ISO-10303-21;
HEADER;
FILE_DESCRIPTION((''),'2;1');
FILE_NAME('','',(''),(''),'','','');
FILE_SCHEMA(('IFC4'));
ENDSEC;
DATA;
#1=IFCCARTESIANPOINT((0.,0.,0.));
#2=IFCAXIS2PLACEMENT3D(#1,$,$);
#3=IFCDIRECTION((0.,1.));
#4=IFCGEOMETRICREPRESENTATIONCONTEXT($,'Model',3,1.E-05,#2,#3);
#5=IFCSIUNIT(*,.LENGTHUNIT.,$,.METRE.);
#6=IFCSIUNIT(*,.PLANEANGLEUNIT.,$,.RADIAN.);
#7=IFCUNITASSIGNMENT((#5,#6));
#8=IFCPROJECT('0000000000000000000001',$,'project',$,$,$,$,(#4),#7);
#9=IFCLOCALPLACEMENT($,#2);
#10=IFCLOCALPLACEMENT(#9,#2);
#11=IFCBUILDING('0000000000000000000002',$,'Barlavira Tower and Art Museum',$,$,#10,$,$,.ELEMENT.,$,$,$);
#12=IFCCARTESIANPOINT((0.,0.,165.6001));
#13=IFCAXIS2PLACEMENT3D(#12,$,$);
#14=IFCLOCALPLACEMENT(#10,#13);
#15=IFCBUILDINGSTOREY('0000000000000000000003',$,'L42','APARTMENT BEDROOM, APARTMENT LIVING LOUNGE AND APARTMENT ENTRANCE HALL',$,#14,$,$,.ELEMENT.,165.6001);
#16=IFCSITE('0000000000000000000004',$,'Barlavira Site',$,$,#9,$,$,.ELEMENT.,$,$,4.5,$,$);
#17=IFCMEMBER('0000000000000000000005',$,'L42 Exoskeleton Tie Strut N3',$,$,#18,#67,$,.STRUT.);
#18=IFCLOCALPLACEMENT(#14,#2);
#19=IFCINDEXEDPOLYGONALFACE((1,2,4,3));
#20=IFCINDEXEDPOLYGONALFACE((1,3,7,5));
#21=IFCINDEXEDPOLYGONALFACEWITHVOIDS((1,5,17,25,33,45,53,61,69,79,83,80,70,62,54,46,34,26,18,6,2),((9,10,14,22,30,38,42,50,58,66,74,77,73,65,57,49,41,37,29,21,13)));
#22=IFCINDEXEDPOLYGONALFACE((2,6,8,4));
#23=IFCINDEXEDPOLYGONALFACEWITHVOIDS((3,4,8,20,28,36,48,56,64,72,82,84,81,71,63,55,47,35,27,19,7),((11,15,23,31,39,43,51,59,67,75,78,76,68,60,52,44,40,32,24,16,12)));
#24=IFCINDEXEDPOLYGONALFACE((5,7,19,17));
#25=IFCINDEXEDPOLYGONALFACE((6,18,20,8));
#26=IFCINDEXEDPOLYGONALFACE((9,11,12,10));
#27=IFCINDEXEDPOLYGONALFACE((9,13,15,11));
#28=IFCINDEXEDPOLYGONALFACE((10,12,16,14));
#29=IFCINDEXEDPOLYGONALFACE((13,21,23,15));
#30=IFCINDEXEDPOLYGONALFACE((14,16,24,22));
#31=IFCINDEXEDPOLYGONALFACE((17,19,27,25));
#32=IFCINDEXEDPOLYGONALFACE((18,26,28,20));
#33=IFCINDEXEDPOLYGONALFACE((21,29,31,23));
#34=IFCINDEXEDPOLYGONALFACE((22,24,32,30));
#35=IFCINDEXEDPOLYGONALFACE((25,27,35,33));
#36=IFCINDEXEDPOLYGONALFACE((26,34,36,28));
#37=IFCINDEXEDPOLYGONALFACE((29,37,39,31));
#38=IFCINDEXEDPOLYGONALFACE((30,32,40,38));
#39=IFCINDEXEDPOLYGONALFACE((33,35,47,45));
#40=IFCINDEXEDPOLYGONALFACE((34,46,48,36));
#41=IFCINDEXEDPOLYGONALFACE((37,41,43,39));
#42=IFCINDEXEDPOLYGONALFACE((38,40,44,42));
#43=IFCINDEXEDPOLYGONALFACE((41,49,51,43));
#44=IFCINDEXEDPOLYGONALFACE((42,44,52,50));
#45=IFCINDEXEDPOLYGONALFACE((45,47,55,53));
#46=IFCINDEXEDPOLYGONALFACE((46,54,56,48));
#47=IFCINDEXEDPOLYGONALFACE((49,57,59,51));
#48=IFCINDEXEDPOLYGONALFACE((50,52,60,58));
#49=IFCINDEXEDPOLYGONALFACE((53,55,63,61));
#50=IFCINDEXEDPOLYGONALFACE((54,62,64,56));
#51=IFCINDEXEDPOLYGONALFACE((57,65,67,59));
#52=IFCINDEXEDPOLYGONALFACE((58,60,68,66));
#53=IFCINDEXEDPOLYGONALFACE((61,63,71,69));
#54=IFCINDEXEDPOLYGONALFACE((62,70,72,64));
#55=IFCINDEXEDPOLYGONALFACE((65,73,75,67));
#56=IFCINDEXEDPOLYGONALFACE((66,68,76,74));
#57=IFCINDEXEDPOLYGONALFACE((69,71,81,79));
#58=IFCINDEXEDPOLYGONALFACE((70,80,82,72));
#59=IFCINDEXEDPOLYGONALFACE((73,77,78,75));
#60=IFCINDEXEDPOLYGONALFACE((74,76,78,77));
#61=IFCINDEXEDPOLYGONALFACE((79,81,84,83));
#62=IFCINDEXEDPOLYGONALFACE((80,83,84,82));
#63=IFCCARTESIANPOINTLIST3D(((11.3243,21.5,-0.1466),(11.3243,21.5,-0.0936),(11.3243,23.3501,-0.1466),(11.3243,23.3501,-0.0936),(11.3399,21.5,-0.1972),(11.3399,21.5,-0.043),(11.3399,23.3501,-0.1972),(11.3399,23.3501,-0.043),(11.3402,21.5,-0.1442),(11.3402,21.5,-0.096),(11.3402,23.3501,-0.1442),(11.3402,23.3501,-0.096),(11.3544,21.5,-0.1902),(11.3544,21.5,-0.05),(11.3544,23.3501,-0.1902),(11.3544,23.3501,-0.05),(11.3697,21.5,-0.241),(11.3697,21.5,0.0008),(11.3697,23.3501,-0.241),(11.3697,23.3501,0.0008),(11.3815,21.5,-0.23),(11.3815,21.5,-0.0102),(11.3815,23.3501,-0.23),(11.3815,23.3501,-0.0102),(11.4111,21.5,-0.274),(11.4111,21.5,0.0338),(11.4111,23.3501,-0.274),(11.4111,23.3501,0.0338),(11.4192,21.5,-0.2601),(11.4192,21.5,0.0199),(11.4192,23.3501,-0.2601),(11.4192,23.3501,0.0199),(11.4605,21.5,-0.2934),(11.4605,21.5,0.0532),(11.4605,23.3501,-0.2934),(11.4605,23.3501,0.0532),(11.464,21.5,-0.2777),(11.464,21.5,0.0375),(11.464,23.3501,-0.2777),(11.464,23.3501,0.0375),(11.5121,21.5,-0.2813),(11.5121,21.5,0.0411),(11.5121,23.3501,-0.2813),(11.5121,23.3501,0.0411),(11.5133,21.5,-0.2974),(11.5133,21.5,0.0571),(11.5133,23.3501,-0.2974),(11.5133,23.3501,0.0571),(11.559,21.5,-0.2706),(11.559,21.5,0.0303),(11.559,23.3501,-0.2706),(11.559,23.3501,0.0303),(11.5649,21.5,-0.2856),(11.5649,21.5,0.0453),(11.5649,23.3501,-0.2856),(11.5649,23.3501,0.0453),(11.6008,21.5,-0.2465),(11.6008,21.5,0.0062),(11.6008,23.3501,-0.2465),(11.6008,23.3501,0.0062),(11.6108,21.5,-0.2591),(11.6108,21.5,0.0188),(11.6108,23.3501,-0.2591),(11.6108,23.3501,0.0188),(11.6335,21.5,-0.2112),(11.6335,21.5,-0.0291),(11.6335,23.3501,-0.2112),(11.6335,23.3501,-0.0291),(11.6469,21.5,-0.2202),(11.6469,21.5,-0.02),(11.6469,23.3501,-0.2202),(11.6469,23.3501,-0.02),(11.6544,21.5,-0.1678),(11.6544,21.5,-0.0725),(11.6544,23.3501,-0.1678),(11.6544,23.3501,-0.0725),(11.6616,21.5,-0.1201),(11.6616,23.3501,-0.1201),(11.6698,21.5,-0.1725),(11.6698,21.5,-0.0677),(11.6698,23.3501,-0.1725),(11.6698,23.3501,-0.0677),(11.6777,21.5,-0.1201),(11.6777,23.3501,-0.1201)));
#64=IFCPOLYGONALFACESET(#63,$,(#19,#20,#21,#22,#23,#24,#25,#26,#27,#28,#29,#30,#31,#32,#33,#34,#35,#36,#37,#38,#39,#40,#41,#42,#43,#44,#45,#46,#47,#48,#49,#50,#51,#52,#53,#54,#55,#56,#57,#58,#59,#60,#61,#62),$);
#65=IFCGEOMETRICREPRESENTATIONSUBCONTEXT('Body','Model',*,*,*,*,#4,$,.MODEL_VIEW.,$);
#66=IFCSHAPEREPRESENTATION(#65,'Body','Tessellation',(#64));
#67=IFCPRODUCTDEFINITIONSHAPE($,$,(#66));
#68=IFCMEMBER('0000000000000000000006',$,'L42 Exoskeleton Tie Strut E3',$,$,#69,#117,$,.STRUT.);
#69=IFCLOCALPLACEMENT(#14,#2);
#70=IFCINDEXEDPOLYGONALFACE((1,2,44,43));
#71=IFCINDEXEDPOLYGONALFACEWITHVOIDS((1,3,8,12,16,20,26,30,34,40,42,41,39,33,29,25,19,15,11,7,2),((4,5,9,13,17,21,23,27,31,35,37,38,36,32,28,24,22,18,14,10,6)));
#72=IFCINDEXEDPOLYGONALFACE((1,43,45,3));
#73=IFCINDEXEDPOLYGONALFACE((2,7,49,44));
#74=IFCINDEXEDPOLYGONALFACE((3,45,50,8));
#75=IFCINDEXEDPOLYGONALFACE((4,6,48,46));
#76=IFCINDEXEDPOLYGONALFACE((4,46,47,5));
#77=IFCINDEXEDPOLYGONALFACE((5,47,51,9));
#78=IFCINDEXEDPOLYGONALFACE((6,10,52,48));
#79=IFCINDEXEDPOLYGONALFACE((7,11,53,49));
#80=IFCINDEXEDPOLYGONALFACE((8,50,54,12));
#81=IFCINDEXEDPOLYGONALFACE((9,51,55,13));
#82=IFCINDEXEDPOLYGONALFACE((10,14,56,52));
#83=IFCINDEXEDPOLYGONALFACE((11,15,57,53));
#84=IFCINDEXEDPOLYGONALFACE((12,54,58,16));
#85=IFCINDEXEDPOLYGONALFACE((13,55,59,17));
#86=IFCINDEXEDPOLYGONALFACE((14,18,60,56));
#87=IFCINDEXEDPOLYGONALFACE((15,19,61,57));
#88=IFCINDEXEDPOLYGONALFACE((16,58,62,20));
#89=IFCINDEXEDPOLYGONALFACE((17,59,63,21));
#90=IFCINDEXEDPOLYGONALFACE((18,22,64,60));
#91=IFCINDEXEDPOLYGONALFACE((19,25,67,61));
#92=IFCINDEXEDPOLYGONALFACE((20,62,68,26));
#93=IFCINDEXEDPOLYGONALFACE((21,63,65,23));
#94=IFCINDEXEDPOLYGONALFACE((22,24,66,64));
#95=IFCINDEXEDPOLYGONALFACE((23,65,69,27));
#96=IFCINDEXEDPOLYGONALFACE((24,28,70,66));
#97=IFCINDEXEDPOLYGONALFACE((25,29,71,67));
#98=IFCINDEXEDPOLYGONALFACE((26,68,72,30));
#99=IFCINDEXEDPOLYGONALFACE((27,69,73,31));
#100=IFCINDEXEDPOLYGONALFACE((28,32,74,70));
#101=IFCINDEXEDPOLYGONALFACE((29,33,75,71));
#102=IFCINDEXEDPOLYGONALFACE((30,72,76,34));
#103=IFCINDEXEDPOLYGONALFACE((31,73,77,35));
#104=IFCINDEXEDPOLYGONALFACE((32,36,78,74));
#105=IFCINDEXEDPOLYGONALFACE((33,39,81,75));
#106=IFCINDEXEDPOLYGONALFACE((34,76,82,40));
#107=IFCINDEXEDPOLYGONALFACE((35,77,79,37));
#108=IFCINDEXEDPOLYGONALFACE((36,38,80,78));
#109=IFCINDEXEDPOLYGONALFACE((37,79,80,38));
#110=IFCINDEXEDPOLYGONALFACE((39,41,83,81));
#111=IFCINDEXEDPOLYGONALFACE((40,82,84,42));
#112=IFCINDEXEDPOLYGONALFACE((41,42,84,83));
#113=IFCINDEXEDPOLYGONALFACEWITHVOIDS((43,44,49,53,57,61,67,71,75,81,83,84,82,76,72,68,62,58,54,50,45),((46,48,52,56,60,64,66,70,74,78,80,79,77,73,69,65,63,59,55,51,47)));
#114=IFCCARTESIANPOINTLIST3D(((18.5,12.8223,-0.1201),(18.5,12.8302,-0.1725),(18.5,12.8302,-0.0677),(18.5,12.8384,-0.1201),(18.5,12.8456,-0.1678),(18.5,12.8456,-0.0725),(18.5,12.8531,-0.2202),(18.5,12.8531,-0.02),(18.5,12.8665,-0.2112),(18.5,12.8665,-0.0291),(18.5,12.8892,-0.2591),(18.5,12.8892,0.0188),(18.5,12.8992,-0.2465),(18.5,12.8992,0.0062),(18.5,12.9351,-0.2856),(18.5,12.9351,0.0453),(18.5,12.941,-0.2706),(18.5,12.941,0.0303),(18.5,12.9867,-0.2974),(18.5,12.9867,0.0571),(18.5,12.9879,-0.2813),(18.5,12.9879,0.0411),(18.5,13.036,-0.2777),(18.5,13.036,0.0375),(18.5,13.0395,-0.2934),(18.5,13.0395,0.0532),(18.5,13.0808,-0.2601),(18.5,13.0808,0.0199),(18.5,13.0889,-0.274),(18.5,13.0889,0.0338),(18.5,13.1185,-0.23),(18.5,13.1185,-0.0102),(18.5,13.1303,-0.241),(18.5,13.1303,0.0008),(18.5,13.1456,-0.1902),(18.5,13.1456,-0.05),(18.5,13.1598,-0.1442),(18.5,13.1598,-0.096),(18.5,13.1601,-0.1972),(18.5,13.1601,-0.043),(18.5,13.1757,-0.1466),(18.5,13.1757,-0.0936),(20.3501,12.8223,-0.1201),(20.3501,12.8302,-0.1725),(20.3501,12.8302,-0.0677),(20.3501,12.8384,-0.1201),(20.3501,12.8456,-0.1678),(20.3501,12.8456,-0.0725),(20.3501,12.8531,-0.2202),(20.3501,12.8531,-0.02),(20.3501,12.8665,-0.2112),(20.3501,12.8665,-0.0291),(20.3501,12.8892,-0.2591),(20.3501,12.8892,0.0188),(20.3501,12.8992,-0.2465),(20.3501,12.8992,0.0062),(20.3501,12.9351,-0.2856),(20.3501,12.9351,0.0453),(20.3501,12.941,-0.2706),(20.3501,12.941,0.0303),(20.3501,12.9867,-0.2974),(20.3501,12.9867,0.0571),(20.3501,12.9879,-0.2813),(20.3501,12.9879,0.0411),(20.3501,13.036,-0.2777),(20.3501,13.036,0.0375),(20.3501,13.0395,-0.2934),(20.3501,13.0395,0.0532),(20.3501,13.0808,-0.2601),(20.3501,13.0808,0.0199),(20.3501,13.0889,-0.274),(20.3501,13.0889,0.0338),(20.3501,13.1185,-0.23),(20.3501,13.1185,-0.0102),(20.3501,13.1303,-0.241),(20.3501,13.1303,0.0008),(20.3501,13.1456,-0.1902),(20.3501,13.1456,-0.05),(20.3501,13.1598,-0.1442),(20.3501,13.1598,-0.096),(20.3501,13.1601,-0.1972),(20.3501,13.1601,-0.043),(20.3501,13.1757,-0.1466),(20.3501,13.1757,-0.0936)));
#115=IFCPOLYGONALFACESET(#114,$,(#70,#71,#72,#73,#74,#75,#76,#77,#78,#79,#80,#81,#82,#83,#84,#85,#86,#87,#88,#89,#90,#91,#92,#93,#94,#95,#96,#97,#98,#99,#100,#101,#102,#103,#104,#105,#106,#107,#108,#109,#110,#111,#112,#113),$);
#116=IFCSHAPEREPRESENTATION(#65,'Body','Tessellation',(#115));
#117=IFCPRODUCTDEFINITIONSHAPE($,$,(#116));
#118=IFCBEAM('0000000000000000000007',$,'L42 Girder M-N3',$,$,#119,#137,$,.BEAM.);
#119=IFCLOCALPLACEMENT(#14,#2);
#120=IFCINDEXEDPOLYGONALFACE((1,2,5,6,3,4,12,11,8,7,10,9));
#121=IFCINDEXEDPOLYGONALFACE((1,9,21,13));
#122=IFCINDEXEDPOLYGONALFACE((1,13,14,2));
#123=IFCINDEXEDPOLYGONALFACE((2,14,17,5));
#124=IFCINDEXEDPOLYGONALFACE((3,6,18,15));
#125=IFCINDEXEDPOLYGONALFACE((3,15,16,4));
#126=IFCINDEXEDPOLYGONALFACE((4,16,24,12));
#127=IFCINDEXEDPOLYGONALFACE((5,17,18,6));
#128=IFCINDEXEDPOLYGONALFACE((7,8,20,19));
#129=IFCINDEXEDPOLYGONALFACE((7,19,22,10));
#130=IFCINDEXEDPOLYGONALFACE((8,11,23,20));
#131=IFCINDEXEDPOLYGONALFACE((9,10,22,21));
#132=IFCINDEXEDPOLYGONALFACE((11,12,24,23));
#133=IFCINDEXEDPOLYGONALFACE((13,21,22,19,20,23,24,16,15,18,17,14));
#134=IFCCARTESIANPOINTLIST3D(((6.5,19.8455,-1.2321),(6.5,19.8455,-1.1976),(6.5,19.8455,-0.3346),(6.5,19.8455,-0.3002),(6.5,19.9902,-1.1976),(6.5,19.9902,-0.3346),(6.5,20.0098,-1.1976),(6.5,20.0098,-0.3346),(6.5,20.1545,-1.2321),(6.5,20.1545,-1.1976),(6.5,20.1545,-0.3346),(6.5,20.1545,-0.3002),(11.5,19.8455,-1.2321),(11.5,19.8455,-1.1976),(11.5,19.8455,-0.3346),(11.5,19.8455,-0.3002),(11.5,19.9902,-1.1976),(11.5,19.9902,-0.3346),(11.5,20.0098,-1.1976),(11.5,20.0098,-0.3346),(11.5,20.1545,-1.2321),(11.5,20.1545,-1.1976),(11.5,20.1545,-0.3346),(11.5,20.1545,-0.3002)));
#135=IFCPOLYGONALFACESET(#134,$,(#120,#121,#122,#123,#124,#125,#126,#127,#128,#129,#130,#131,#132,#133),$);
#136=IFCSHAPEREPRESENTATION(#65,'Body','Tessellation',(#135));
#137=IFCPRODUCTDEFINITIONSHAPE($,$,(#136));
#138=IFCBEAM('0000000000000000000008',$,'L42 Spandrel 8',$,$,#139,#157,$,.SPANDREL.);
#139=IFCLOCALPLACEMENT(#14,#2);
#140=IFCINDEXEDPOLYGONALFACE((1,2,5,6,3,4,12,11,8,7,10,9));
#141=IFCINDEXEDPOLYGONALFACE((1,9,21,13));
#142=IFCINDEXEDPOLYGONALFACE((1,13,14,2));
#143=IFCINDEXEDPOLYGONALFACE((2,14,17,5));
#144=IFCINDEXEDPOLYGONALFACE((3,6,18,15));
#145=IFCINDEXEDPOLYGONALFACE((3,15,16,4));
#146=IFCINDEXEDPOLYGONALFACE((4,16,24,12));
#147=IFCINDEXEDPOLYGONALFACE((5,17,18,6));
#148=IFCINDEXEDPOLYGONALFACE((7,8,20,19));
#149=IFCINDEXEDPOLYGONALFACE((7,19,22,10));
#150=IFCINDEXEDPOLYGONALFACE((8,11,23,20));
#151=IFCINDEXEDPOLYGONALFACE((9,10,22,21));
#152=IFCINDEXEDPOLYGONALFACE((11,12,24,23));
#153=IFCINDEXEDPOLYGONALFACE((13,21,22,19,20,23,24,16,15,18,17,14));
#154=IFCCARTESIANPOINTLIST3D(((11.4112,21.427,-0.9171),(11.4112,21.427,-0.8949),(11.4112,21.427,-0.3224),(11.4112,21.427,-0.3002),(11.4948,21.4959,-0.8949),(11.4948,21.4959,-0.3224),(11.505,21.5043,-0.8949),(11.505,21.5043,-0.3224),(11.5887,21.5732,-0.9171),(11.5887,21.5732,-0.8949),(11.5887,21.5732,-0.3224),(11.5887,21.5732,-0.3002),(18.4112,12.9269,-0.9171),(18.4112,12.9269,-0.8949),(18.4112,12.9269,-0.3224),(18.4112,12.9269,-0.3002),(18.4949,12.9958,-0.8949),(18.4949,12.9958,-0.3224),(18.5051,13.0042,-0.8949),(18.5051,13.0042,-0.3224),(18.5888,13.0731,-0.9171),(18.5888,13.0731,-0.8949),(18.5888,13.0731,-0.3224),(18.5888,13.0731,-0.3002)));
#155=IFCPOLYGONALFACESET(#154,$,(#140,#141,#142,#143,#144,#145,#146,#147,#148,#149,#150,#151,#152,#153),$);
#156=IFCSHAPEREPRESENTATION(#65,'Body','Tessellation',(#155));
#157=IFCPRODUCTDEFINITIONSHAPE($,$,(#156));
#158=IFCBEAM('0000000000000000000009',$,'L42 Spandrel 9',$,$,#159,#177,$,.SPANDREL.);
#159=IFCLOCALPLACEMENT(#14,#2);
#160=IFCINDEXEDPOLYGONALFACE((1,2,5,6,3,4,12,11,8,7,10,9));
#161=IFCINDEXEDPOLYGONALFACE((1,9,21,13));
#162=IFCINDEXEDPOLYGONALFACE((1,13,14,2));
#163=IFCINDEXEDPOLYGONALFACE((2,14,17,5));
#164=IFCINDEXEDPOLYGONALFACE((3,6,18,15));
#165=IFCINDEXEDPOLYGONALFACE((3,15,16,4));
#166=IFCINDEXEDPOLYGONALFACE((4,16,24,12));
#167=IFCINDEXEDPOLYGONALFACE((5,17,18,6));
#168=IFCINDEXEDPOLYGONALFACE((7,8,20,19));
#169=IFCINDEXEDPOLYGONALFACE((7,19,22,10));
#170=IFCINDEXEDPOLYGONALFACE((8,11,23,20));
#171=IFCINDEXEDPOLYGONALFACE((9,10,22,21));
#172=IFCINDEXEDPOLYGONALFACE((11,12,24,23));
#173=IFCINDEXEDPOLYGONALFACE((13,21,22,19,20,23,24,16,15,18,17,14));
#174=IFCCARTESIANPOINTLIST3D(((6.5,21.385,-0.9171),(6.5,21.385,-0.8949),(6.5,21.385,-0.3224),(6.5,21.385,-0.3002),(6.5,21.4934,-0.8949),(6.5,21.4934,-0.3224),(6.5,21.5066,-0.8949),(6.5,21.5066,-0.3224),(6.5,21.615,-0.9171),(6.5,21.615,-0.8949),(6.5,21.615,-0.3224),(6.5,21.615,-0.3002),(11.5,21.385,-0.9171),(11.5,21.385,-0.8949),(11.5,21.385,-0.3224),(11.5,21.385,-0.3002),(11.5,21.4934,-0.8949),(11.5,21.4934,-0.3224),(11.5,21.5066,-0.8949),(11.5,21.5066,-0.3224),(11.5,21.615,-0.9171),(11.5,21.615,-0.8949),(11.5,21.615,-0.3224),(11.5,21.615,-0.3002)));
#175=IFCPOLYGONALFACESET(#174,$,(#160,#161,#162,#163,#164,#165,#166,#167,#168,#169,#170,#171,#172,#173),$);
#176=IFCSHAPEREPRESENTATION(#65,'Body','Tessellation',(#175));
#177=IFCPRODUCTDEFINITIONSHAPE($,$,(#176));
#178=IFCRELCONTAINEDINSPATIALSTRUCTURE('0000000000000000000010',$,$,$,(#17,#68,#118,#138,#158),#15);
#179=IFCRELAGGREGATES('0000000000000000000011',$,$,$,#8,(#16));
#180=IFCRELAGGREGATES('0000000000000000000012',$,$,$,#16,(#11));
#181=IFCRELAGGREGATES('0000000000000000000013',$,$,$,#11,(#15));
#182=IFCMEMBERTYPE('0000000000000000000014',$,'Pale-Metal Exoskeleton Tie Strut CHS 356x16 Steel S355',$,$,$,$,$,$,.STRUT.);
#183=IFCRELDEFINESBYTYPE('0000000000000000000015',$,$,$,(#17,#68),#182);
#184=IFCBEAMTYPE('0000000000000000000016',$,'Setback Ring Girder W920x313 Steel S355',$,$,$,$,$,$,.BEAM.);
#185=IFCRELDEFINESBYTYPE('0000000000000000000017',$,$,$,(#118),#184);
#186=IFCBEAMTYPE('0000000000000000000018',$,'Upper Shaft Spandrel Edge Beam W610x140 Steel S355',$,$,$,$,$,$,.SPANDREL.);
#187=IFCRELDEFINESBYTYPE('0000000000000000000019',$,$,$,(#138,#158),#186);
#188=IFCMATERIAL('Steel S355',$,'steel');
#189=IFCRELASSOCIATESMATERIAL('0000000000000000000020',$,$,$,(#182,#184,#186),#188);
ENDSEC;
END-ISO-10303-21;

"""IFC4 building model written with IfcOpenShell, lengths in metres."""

from ifc_helpers import new_model, si_unit, direction, frame, origin, origin_2d, place, context, subcontext, project, spatial, hollow_circle, i_section, extrude, material, material_profile, profile_set, type_object, element, save


model = new_model("IFC4")

# Units and contexts
model_context = context("Model", 3, precision=1e-05, world=origin(), true_north=direction((0.0, 1.0)))
body_context = subcontext(model_context, "Body", "Model", "MODEL_VIEW")
ifc_project = project(units=[si_unit("LENGTHUNIT", "METRE"), si_unit("PLANEANGLEUNIT", "RADIAN")], contexts=[model_context])

# Site, building, storey
site_placement = place(None, origin())
site = spatial("IfcSite", under=ifc_project, at=site_placement, Name="Barlavira Site", CompositionType="ELEMENT", RefElevation=4.5)
building_placement = place(site_placement, origin())
building = spatial("IfcBuilding", under=site, at=building_placement, Name="Barlavira Tower and Art Museum", CompositionType="ELEMENT")
storey_placement = place(building_placement, frame((0.0, 0.0, 165.6001)))
storey = spatial("IfcBuildingStorey", under=building, at=storey_placement, Name="L42", Description="APARTMENT BEDROOM, APARTMENT LIVING LOUNGE AND APARTMENT ENTRANCE HALL", CompositionType="ELEMENT", Elevation=165.6001)

# Members
ifc_material_1 = material(Name="Steel S355", Category="steel")
ifc_material_profile_1 = material_profile(ifc_material_1, hollow_circle(Radius=0.1777, WallThickness=0.0161, at=origin_2d()), Name="CHS 355.6x16.0")
ifc_profile_set_1 = profile_set([ifc_material_profile_1], Name="Steel S355")
member_type_1 = type_object("IfcMemberType", Name="Pale-Metal Exoskeleton Tie Strut CHS 356x16 Steel S355", PredefinedType="STRUT", material=ifc_profile_set_1)
for number, where, z_axis, x_axis, name in (
    (1, (11.5, 23.3501, -0.1201), (0.0, -1.0, 0.0), (1.0, 0.0, 0.0), "L42 Exoskeleton Tie Strut N3"),
    (2, (20.3501, 13.0, -0.1201), (-1.0, 0.0, 0.0), (0.0, -1.0, 0.0), "L42 Exoskeleton Tie Strut E3"),
):
    element("IfcMember", number, at=place(storey_placement, frame(where, z_axis=z_axis, x_axis=x_axis)), inside=storey, type_object=member_type_1, Name=name, PredefinedType="STRUT", context=body_context, shape_type="SweptSolid", body=[
        extrude(hollow_circle(Radius=0.1777, WallThickness=0.0161, at=origin_2d()), origin(), (0.0, 0.0, 1.0), 1.8501),
    ])

# Beams
ifc_material_profile_2 = material_profile(ifc_material_1, i_section(OverallWidth=0.3091, OverallDepth=0.9319, WebThickness=0.0195, FlangeThickness=0.0344, at=origin_2d()), Name="W920x313.0")
ifc_profile_set_2 = profile_set([ifc_material_profile_2], Name="Steel S355")
beam_type_1 = type_object("IfcBeamType", Name="Setback Ring Girder W920x313 Steel S355", PredefinedType="BEAM", material=ifc_profile_set_2)
beam_1_placement = place(storey_placement, frame((6.5, 20.0, -0.7661), z_axis=(1.0, 0.0, 0.0), x_axis=(0.0, 1.0, 0.0)))
element("IfcBeam", 3, at=beam_1_placement, inside=storey, type_object=beam_type_1, Name="L42 Girder M-N3", PredefinedType="BEAM", context=body_context, shape_type="SweptSolid", body=[
    extrude(i_section(OverallWidth=0.3091, OverallDepth=0.9319, WebThickness=0.0195, FlangeThickness=0.0344, at=origin_2d()), origin(), (0.0, 0.0, 1.0), 5.0),
])
ifc_material_profile_3 = material_profile(ifc_material_1, i_section(OverallWidth=0.23, OverallDepth=0.6169, WebThickness=0.0132, FlangeThickness=0.0222, at=origin_2d()), Name="W610x140.0")
ifc_profile_set_3 = profile_set([ifc_material_profile_3], Name="Steel S355")
beam_type_2 = type_object("IfcBeamType", Name="Upper Shaft Spandrel Edge Beam W610x140 Steel S355", PredefinedType="SPANDREL", material=ifc_profile_set_3)
beam_2_placement = place(storey_placement, frame((18.5, 13.0, -0.6086), z_axis=(-0.635707, 0.77193, 0.0), x_axis=(-0.77193, -0.635707, 0.0)))
element("IfcBeam", 4, at=beam_2_placement, inside=storey, type_object=beam_type_2, Name="L42 Spandrel 8", PredefinedType="SPANDREL", context=body_context, shape_type="SweptSolid", body=[
    extrude(i_section(OverallWidth=0.23, OverallDepth=0.6169, WebThickness=0.0132, FlangeThickness=0.0222, at=origin_2d()), origin(), (0.0, 0.0, 1.0), 11.0115),
])
beam_3_placement = place(storey_placement, frame((6.5, 21.5, -0.6086), z_axis=(1.0, 0.0, 0.0), x_axis=(0.0, 1.0, 0.0)))
element("IfcBeam", 5, at=beam_3_placement, inside=storey, type_object=beam_type_2, Name="L42 Spandrel 9", PredefinedType="SPANDREL", context=body_context, shape_type="SweptSolid", body=[
    extrude(i_section(OverallWidth=0.23, OverallDepth=0.6169, WebThickness=0.0132, FlangeThickness=0.0222, at=origin_2d()), origin(), (0.0, 0.0, 1.0), 5.0),
])

save(model, "model.ifc")
